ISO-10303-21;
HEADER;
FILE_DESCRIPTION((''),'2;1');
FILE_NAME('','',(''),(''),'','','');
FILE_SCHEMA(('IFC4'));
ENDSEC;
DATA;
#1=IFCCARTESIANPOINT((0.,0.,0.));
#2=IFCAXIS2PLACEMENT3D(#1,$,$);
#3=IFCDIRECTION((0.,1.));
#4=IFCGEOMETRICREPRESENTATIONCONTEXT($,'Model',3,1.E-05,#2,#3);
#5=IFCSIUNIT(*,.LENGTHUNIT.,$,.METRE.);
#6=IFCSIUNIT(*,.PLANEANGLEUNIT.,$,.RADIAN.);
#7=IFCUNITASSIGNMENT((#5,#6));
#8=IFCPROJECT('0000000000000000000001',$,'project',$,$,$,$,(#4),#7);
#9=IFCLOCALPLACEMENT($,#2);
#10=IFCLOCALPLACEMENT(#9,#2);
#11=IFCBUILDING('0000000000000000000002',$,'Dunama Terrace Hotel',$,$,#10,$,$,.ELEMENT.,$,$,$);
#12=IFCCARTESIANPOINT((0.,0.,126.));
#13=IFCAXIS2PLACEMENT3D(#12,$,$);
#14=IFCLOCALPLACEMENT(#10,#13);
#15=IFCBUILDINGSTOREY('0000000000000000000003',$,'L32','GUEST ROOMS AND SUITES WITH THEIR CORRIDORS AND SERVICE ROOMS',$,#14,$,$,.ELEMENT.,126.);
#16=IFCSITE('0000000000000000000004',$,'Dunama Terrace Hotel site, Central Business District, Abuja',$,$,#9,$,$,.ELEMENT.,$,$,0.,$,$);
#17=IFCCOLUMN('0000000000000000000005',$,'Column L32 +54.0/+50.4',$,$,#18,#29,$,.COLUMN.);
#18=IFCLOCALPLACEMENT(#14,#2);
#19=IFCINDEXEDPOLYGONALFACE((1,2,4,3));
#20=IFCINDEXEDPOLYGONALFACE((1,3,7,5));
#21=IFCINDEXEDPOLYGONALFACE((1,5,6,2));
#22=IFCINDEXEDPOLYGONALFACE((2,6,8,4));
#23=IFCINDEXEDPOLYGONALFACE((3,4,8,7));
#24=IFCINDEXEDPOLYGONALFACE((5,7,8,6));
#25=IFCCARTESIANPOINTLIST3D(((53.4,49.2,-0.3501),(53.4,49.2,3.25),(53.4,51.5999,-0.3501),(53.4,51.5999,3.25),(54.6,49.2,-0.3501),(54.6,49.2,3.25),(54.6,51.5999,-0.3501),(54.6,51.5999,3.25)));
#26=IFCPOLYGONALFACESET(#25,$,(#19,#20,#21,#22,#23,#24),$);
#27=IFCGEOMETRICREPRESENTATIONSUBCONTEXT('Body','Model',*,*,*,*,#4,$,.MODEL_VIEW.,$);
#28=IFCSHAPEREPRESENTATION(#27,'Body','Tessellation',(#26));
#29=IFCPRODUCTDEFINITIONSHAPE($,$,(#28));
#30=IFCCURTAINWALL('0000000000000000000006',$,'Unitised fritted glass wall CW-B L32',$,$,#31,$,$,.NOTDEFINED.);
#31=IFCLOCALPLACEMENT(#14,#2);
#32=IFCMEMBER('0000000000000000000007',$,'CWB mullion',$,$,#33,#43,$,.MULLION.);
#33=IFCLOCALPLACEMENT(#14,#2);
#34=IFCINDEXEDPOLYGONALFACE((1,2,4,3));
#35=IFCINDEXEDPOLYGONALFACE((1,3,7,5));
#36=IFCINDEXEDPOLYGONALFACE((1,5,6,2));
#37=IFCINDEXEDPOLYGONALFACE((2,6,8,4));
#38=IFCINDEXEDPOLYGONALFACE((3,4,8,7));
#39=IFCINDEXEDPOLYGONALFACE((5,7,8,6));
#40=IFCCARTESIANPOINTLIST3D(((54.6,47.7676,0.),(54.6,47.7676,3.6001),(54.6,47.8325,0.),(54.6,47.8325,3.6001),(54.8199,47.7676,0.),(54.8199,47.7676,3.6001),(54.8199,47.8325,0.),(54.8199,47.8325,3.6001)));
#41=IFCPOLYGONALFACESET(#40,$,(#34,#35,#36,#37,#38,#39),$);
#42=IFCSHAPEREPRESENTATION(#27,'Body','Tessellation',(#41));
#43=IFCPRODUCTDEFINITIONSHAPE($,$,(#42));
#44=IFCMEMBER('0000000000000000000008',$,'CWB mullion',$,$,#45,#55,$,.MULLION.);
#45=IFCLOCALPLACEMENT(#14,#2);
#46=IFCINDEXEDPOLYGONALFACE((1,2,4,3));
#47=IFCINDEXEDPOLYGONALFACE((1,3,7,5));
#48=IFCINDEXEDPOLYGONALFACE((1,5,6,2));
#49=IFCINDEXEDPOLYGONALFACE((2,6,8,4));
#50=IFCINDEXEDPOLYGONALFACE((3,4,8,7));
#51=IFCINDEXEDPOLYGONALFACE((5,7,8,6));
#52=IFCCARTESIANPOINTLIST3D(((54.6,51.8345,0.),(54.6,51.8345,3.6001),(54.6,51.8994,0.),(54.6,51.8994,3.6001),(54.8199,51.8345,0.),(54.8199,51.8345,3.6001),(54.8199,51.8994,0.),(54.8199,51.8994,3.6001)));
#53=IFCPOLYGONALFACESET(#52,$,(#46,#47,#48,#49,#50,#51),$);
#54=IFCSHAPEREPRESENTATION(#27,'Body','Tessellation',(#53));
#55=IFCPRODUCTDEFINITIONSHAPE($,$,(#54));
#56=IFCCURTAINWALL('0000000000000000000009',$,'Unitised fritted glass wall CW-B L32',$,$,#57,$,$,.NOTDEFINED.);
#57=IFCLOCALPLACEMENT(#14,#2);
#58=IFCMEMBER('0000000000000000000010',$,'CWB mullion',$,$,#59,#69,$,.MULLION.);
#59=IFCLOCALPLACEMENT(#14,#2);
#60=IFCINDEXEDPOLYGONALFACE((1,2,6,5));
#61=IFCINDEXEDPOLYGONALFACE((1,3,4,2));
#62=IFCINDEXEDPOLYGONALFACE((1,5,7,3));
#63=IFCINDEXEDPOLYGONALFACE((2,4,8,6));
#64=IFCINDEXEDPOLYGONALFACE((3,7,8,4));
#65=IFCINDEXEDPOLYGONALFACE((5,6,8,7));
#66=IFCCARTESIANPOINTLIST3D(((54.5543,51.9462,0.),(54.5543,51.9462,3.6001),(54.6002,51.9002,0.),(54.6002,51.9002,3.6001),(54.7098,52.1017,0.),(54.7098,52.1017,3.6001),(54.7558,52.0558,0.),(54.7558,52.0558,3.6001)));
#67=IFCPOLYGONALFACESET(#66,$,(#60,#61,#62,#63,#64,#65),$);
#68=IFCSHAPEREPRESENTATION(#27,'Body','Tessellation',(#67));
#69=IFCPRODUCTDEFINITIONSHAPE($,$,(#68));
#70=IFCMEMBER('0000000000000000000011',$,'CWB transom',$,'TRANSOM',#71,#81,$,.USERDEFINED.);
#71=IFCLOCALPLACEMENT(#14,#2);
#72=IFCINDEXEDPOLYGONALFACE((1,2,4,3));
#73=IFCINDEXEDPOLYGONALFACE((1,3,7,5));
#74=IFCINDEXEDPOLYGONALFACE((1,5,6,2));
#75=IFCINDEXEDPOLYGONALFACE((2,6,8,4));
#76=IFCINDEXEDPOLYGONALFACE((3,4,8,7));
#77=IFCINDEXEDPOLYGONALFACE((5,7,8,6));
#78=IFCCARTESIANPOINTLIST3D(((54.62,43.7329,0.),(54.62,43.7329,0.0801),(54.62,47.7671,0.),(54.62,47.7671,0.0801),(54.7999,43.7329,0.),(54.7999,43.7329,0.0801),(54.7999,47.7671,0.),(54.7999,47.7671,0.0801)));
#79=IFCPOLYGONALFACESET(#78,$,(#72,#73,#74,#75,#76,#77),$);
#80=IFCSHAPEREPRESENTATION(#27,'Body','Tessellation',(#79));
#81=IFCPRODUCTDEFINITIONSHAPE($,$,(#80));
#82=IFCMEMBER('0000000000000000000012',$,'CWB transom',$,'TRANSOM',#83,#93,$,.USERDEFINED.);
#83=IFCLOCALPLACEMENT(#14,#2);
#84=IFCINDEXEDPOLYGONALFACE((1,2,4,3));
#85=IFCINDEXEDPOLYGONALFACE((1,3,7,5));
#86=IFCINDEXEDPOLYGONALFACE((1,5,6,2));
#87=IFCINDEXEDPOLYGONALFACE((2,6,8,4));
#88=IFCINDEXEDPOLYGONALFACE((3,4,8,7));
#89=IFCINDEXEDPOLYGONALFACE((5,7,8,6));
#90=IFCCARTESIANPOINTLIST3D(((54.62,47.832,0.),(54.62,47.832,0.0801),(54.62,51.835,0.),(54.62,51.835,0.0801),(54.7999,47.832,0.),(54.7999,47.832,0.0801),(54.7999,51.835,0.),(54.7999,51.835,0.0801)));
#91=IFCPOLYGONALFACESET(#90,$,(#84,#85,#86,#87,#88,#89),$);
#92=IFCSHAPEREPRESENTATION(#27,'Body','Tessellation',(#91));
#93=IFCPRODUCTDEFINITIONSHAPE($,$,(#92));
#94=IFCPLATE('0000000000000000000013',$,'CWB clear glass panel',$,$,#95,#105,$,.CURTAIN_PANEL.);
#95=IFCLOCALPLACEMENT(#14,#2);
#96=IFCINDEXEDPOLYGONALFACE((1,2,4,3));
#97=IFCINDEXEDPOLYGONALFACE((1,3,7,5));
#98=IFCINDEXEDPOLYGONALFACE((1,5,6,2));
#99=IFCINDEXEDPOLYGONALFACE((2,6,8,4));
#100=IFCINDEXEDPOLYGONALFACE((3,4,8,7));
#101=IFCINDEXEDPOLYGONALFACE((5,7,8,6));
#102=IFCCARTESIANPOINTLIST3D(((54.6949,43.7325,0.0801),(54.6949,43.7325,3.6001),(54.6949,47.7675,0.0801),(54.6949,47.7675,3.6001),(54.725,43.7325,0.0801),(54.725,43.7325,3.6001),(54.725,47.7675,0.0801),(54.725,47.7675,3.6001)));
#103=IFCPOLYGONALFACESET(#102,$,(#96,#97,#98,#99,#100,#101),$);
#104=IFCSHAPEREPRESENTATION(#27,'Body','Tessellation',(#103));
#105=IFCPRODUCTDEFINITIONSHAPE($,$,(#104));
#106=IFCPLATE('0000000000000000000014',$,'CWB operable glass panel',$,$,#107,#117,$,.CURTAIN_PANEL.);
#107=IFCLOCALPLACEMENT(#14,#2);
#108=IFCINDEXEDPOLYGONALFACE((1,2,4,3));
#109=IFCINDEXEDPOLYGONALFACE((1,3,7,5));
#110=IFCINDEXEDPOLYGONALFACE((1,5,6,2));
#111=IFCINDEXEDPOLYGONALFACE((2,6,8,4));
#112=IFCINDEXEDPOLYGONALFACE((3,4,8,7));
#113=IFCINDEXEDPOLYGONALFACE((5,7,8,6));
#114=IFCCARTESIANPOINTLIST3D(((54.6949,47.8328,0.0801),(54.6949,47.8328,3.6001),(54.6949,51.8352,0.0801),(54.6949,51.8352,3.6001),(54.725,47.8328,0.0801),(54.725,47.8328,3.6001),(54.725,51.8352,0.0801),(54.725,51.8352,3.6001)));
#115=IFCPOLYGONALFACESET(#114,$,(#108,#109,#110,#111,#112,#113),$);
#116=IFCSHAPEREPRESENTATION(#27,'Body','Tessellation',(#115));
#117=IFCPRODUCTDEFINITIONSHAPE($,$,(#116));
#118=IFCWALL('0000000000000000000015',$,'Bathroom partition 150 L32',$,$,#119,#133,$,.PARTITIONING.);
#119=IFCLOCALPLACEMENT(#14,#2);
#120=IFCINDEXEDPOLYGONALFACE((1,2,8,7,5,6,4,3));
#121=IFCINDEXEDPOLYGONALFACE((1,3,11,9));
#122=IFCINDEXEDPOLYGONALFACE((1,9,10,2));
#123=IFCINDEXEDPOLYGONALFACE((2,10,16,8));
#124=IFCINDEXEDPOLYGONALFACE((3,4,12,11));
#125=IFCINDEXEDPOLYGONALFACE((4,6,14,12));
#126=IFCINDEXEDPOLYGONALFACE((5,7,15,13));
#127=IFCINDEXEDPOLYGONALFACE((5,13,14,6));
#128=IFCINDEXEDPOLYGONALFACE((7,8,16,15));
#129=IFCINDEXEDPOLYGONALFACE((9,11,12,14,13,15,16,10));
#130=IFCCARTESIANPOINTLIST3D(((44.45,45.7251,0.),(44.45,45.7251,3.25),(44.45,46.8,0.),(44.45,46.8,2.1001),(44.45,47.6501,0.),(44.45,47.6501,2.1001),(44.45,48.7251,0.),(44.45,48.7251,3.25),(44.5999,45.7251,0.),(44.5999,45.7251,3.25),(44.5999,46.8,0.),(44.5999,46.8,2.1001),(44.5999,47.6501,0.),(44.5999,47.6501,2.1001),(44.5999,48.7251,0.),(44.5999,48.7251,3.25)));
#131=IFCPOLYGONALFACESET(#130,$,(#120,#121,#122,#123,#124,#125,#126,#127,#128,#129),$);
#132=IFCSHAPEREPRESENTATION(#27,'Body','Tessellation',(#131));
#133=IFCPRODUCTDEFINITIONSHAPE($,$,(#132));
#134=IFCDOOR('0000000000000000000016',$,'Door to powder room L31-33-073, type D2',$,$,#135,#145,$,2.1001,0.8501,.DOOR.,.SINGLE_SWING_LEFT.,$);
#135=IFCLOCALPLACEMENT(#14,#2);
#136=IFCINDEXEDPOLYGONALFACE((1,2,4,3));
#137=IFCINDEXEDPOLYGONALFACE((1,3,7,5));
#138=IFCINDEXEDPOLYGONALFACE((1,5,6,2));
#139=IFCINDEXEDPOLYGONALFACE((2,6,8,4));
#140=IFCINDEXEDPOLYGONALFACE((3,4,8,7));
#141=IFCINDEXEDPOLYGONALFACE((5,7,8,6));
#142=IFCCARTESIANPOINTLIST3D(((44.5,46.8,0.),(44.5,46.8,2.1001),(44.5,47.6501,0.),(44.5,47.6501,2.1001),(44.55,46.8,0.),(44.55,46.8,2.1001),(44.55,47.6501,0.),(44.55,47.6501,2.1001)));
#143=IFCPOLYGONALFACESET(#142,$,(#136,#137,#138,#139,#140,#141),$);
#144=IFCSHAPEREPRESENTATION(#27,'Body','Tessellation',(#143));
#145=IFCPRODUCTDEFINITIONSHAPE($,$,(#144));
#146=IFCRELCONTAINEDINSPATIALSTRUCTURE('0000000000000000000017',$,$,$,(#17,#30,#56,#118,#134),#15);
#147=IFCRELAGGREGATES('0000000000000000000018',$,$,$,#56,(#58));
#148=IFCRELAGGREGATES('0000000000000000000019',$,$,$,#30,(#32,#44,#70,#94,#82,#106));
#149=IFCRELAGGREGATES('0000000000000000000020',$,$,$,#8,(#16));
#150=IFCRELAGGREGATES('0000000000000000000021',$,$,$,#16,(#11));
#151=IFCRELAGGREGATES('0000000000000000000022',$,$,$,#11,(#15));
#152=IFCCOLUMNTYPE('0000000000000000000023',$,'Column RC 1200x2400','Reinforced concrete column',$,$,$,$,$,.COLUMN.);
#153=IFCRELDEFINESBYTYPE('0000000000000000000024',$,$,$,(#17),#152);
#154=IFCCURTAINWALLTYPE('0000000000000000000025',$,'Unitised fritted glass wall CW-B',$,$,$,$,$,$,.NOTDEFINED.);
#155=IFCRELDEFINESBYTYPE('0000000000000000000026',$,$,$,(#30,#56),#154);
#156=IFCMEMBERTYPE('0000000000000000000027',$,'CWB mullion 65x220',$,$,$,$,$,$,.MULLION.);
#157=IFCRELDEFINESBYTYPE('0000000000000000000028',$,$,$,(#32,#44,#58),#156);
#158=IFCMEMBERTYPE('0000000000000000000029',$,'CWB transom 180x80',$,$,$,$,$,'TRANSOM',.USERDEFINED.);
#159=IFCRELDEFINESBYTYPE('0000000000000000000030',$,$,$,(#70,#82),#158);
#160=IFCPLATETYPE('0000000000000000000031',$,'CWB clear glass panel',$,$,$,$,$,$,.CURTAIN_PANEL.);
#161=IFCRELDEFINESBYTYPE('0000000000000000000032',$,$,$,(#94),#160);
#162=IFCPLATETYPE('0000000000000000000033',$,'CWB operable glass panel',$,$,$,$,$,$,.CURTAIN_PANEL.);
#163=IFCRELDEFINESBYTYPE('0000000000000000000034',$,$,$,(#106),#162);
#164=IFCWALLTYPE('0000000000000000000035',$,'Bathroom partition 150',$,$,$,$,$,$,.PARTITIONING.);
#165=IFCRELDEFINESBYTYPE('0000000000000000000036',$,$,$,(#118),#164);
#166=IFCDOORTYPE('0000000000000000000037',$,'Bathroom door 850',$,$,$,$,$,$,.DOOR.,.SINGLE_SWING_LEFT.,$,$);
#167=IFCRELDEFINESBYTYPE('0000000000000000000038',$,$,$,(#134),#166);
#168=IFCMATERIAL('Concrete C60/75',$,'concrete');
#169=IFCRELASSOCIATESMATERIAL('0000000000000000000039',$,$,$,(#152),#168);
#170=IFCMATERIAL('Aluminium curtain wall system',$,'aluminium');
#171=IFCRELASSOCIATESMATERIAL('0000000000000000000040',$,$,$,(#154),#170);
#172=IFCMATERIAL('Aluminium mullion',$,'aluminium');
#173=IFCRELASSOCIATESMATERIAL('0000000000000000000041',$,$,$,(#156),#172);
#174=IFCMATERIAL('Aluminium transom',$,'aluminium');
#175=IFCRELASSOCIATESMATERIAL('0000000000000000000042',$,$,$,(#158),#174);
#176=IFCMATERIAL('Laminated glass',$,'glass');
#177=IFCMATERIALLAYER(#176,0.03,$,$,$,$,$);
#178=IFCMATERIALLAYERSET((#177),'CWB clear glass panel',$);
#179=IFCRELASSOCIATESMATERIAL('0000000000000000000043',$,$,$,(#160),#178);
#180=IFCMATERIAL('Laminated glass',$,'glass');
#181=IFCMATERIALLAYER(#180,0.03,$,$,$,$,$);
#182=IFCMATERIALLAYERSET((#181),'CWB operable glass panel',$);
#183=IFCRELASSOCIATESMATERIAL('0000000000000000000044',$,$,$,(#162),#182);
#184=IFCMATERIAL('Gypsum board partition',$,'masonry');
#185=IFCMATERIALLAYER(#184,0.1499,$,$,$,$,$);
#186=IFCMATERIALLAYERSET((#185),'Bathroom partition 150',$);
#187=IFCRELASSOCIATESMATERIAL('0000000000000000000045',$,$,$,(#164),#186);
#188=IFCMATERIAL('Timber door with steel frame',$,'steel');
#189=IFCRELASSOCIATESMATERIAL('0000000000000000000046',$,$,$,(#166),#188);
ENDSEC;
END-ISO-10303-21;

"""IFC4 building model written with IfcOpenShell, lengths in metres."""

from ifc_helpers import new_model, si_unit, direction, frame, frame_2d, origin, origin_2d, place, context, subcontext, project, spatial, rectangle, extrude, material, layer, layer_set, material_profile, profile_set, type_object, element, fill, aggregate, save


model = new_model("IFC4")

# Units and contexts
model_context = context("Model", 3, precision=1e-05, world=origin(), true_north=direction((0.0, 1.0)))
body_context = subcontext(model_context, "Body", "Model", "MODEL_VIEW")
ifc_project = project(units=[si_unit("LENGTHUNIT", "METRE"), si_unit("PLANEANGLEUNIT", "RADIAN")], contexts=[model_context])

# Site, building, storey
site_placement = place(None, origin())
site = spatial("IfcSite", under=ifc_project, at=site_placement, Name="Dunama Terrace Hotel site, Central Business District, Abuja", CompositionType="ELEMENT", RefElevation=0.0)
building_placement = place(site_placement, origin())
building = spatial("IfcBuilding", under=site, at=building_placement, Name="Dunama Terrace Hotel", CompositionType="ELEMENT")
storey_placement = place(building_placement, frame((0.0, 0.0, 126.0)))
storey = spatial("IfcBuildingStorey", under=building, at=storey_placement, Name="L32", Description="GUEST ROOMS AND SUITES WITH THEIR CORRIDORS AND SERVICE ROOMS", CompositionType="ELEMENT", Elevation=126.0)

# Column
ifc_material_1 = material(Name="Concrete C60/75", Category="concrete")
ifc_material_profile_1 = material_profile(ifc_material_1, rectangle(XDim=1.2, YDim=2.3999, at=origin_2d()), Name="RC 1200x2400")
ifc_profile_set_1 = profile_set([ifc_material_profile_1], Name="Concrete C60/75")
column_type = type_object("IfcColumnType", Name="Column RC 1200x2400", Description="Reinforced concrete column", PredefinedType="COLUMN", material=ifc_profile_set_1)
column_placement = place(storey_placement, frame((54.0, 50.3999, -0.3501), z_axis=(0.0, 0.0, 1.0), x_axis=(1.0, 0.0, 0.0)))
element("IfcColumn", 1, at=column_placement, inside=storey, type_object=column_type, Name="Column L32 +54.0/+50.4", PredefinedType="COLUMN", context=body_context, shape_type="SweptSolid", body=[
    extrude(rectangle(XDim=1.2, YDim=2.3999, at=origin_2d()), origin(), (0.0, 0.0, 1.0), 3.6001),
])

# Curtain wall, members
ifc_material_2 = material(Name="Aluminium curtain wall system", Category="aluminium")
curtain_wall_type = type_object("IfcCurtainWallType", Name="Unitised fritted glass wall CW-B", PredefinedType="NOTDEFINED", material=ifc_material_2)
curtain_wall_1_placement = place(storey_placement, origin())
curtain_wall_1 = element("IfcCurtainWall", 2, at=curtain_wall_1_placement, inside=storey, type_object=curtain_wall_type, Name="Unitised fritted glass wall CW-B L32", PredefinedType="NOTDEFINED")
ifc_material_3 = material(Name="Aluminium mullion", Category="aluminium")
ifc_material_profile_2 = material_profile(ifc_material_3, rectangle(XDim=0.0649, YDim=0.22, at=origin_2d()), Name="CWB MULLION 65X220")
ifc_profile_set_2 = profile_set([ifc_material_profile_2], Name="Aluminium mullion")
member_type_1 = type_object("IfcMemberType", Name="CWB mullion 65x220", PredefinedType="MULLION", material=ifc_profile_set_2)
member_1_placement = place(storey_placement, frame((54.71, 47.8, 0.0), z_axis=(0.0, 0.0, 1.0), x_axis=(0.0, 1.0, 0.0)))
member_1 = element("IfcMember", 3, at=member_1_placement, type_object=member_type_1, Name="CWB mullion", PredefinedType="MULLION", context=body_context, shape_type="SweptSolid", body=[
    extrude(rectangle(XDim=0.0649, YDim=0.22, at=origin_2d()), origin(), (0.0, 0.0, 1.0), 3.6001),
])
member_2_placement = place(storey_placement, frame((54.71, 51.8669, 0.0), z_axis=(0.0, 0.0, 1.0), x_axis=(0.0, 1.0, 0.0)))
member_2 = element("IfcMember", 4, at=member_2_placement, type_object=member_type_1, Name="CWB mullion", PredefinedType="MULLION", context=body_context, shape_type="SweptSolid", body=[
    extrude(rectangle(XDim=0.0649, YDim=0.22, at=origin_2d()), origin(), (0.0, 0.0, 1.0), 3.6001),
])

# Curtain wall, member
curtain_wall_2_placement = place(storey_placement, origin())
curtain_wall_2 = element("IfcCurtainWall", 5, at=curtain_wall_2_placement, inside=storey, type_object=curtain_wall_type, Name="Unitised fritted glass wall CW-B L32", PredefinedType="NOTDEFINED")
member_3_placement = place(storey_placement, frame((54.655, 52.001, 0.0), z_axis=(0.0, 0.0, 1.0), x_axis=(-0.707107, 0.707107, 0.0)))
member_3 = element("IfcMember", 6, at=member_3_placement, type_object=member_type_1, Name="CWB mullion", PredefinedType="MULLION", context=body_context, shape_type="SweptSolid", body=[
    extrude(rectangle(XDim=0.0649, YDim=0.22, at=origin_2d()), origin(), (0.0, 0.0, 1.0), 3.6001),
])
aggregate(curtain_wall_2, [member_3])

# Members
ifc_material_4 = material(Name="Aluminium transom", Category="aluminium")
ifc_material_profile_3 = material_profile(ifc_material_4, rectangle(XDim=0.1799, YDim=0.0801, at=origin_2d()), Name="CWB TRANSOM 180X80")
ifc_profile_set_3 = profile_set([ifc_material_profile_3], Name="Aluminium transom")
member_type_2 = type_object("IfcMemberType", Name="CWB transom 180x80", ElementType="TRANSOM", PredefinedType="USERDEFINED", material=ifc_profile_set_3)
member_4_placement = place(storey_placement, frame((54.71, 43.7329, 0.04), z_axis=(0.0, 1.0, 0.0), x_axis=(-1.0, 0.0, 0.0)))
member_4 = element("IfcMember", 7, at=member_4_placement, type_object=member_type_2, Name="CWB transom", ObjectType="TRANSOM", PredefinedType="USERDEFINED", context=body_context, shape_type="SweptSolid", body=[
    extrude(rectangle(XDim=0.1799, YDim=0.0801, at=origin_2d()), origin(), (0.0, 0.0, 1.0), 4.0342),
])
member_5_placement = place(storey_placement, frame((54.71, 47.832, 0.04), z_axis=(0.0, 1.0, 0.0), x_axis=(-1.0, 0.0, 0.0)))
member_5 = element("IfcMember", 8, at=member_5_placement, type_object=member_type_2, Name="CWB transom", ObjectType="TRANSOM", PredefinedType="USERDEFINED", context=body_context, shape_type="SweptSolid", body=[
    extrude(rectangle(XDim=0.1799, YDim=0.0801, at=origin_2d()), origin(), (0.0, 0.0, 1.0), 4.0029),
])

# Plates
ifc_material_5 = material(Name="Laminated glass", Category="glass")
ifc_layer_1 = layer(ifc_material_5, 0.03)
ifc_layer_set_1 = layer_set([ifc_layer_1], Name="CWB clear glass panel")
plate_type_1 = type_object("IfcPlateType", Name="CWB clear glass panel", PredefinedType="CURTAIN_PANEL", material=ifc_layer_set_1)
plate_1_placement = place(storey_placement, frame((54.71, 45.75, 0.0801), z_axis=(0.0, 0.0, 1.0), x_axis=(0.0, 1.0, 0.0)))
plate_1 = element("IfcPlate", 9, at=plate_1_placement, type_object=plate_type_1, Name="CWB clear glass panel", PredefinedType="CURTAIN_PANEL", context=body_context, shape_type="SweptSolid", body=[
    extrude(rectangle(XDim=4.0349, YDim=0.03, at=origin_2d()), origin(), (0.0, 0.0, 1.0), 3.52),
])
ifc_material_6 = material(Name="Laminated glass", Category="glass")
ifc_layer_2 = layer(ifc_material_6, 0.03)
ifc_layer_set_2 = layer_set([ifc_layer_2], Name="CWB operable glass panel")
plate_type_2 = type_object("IfcPlateType", Name="CWB operable glass panel", PredefinedType="CURTAIN_PANEL", material=ifc_layer_set_2)
plate_2_placement = place(storey_placement, frame((54.71, 49.834, 0.0801), z_axis=(0.0, 0.0, 1.0), x_axis=(0.0, 1.0, 0.0)))
plate_2 = element("IfcPlate", 10, at=plate_2_placement, type_object=plate_type_2, Name="CWB operable glass panel", PredefinedType="CURTAIN_PANEL", context=body_context, shape_type="SweptSolid", body=[
    extrude(rectangle(XDim=4.0024, YDim=0.03, at=origin_2d()), origin(), (0.0, 0.0, 1.0), 3.52),
])
aggregate(curtain_wall_1, [member_1, member_2, member_4, plate_1, member_5, plate_2])

# Wall, opening, door
ifc_material_7 = material(Name="Gypsum board partition", Category="masonry")
ifc_layer_3 = layer(ifc_material_7, 0.1499)
ifc_layer_set_3 = layer_set([ifc_layer_3], Name="Bathroom partition 150")
wall_type_1 = type_object("IfcWallType", Name="Bathroom partition 150", PredefinedType="PARTITIONING", material=ifc_layer_set_3)
wall_1_placement = place(storey_placement, frame((44.5249, 45.7251, 0.0), z_axis=(0.0, 0.0, 1.0), x_axis=(0.0, 1.0, 0.0)))
wall_1 = element("IfcWall", 11, at=wall_1_placement, inside=storey, type_object=wall_type_1, Name="Bathroom partition 150 L32", PredefinedType="PARTITIONING", context=body_context, shape_type="SweptSolid", body=[
    extrude(rectangle(XDim=3.0, YDim=0.1499, at=frame_2d((1.5, 0.0))), origin(), (0.0, 0.0, 1.0), 3.25),
])
opening_1_placement = place(wall_1_placement, frame((1.075, 0.0, 0.0)))
opening_1 = element("IfcOpeningElement", 12, at=opening_1_placement, cuts=wall_1, PredefinedType="OPENING", context=body_context, shape_type="SweptSolid", body=[
    extrude(rectangle(XDim=0.8501, YDim=2.1001, at=frame_2d((0.425, 1.05))), frame((0.0, 0.085, 0.0), z_axis=(0.0, -1.0, 0.0), x_axis=(1.0, 0.0, 0.0)), (0.0, 0.0, 1.0), 0.1699),
])
ifc_material_8 = material(Name="Timber door with steel frame", Category="steel")
door_type_1 = type_object("IfcDoorType", Name="Bathroom door 850", OperationType="SINGLE_SWING_LEFT", PredefinedType="DOOR", material=ifc_material_8)
door_1_placement = place(opening_1_placement, origin())
door_1 = element("IfcDoor", 13, at=door_1_placement, inside=storey, type_object=door_type_1, Name="Door to powder room L31-33-073, type D2", OperationType="SINGLE_SWING_LEFT", OverallHeight=2.1001, OverallWidth=0.8501, PredefinedType="DOOR", context=body_context, shape_type="SweptSolid", body=[
    extrude(rectangle(XDim=0.8501, YDim=2.1001, at=frame_2d((0.425, 1.05))), frame((0.0, 0.0249, 0.0), z_axis=(0.0, -1.0, 0.0), x_axis=(1.0, 0.0, 0.0)), (0.0, 0.0, 1.0), 0.05),
])
fill(opening_1, door_1)

save(model, "model.ifc")
